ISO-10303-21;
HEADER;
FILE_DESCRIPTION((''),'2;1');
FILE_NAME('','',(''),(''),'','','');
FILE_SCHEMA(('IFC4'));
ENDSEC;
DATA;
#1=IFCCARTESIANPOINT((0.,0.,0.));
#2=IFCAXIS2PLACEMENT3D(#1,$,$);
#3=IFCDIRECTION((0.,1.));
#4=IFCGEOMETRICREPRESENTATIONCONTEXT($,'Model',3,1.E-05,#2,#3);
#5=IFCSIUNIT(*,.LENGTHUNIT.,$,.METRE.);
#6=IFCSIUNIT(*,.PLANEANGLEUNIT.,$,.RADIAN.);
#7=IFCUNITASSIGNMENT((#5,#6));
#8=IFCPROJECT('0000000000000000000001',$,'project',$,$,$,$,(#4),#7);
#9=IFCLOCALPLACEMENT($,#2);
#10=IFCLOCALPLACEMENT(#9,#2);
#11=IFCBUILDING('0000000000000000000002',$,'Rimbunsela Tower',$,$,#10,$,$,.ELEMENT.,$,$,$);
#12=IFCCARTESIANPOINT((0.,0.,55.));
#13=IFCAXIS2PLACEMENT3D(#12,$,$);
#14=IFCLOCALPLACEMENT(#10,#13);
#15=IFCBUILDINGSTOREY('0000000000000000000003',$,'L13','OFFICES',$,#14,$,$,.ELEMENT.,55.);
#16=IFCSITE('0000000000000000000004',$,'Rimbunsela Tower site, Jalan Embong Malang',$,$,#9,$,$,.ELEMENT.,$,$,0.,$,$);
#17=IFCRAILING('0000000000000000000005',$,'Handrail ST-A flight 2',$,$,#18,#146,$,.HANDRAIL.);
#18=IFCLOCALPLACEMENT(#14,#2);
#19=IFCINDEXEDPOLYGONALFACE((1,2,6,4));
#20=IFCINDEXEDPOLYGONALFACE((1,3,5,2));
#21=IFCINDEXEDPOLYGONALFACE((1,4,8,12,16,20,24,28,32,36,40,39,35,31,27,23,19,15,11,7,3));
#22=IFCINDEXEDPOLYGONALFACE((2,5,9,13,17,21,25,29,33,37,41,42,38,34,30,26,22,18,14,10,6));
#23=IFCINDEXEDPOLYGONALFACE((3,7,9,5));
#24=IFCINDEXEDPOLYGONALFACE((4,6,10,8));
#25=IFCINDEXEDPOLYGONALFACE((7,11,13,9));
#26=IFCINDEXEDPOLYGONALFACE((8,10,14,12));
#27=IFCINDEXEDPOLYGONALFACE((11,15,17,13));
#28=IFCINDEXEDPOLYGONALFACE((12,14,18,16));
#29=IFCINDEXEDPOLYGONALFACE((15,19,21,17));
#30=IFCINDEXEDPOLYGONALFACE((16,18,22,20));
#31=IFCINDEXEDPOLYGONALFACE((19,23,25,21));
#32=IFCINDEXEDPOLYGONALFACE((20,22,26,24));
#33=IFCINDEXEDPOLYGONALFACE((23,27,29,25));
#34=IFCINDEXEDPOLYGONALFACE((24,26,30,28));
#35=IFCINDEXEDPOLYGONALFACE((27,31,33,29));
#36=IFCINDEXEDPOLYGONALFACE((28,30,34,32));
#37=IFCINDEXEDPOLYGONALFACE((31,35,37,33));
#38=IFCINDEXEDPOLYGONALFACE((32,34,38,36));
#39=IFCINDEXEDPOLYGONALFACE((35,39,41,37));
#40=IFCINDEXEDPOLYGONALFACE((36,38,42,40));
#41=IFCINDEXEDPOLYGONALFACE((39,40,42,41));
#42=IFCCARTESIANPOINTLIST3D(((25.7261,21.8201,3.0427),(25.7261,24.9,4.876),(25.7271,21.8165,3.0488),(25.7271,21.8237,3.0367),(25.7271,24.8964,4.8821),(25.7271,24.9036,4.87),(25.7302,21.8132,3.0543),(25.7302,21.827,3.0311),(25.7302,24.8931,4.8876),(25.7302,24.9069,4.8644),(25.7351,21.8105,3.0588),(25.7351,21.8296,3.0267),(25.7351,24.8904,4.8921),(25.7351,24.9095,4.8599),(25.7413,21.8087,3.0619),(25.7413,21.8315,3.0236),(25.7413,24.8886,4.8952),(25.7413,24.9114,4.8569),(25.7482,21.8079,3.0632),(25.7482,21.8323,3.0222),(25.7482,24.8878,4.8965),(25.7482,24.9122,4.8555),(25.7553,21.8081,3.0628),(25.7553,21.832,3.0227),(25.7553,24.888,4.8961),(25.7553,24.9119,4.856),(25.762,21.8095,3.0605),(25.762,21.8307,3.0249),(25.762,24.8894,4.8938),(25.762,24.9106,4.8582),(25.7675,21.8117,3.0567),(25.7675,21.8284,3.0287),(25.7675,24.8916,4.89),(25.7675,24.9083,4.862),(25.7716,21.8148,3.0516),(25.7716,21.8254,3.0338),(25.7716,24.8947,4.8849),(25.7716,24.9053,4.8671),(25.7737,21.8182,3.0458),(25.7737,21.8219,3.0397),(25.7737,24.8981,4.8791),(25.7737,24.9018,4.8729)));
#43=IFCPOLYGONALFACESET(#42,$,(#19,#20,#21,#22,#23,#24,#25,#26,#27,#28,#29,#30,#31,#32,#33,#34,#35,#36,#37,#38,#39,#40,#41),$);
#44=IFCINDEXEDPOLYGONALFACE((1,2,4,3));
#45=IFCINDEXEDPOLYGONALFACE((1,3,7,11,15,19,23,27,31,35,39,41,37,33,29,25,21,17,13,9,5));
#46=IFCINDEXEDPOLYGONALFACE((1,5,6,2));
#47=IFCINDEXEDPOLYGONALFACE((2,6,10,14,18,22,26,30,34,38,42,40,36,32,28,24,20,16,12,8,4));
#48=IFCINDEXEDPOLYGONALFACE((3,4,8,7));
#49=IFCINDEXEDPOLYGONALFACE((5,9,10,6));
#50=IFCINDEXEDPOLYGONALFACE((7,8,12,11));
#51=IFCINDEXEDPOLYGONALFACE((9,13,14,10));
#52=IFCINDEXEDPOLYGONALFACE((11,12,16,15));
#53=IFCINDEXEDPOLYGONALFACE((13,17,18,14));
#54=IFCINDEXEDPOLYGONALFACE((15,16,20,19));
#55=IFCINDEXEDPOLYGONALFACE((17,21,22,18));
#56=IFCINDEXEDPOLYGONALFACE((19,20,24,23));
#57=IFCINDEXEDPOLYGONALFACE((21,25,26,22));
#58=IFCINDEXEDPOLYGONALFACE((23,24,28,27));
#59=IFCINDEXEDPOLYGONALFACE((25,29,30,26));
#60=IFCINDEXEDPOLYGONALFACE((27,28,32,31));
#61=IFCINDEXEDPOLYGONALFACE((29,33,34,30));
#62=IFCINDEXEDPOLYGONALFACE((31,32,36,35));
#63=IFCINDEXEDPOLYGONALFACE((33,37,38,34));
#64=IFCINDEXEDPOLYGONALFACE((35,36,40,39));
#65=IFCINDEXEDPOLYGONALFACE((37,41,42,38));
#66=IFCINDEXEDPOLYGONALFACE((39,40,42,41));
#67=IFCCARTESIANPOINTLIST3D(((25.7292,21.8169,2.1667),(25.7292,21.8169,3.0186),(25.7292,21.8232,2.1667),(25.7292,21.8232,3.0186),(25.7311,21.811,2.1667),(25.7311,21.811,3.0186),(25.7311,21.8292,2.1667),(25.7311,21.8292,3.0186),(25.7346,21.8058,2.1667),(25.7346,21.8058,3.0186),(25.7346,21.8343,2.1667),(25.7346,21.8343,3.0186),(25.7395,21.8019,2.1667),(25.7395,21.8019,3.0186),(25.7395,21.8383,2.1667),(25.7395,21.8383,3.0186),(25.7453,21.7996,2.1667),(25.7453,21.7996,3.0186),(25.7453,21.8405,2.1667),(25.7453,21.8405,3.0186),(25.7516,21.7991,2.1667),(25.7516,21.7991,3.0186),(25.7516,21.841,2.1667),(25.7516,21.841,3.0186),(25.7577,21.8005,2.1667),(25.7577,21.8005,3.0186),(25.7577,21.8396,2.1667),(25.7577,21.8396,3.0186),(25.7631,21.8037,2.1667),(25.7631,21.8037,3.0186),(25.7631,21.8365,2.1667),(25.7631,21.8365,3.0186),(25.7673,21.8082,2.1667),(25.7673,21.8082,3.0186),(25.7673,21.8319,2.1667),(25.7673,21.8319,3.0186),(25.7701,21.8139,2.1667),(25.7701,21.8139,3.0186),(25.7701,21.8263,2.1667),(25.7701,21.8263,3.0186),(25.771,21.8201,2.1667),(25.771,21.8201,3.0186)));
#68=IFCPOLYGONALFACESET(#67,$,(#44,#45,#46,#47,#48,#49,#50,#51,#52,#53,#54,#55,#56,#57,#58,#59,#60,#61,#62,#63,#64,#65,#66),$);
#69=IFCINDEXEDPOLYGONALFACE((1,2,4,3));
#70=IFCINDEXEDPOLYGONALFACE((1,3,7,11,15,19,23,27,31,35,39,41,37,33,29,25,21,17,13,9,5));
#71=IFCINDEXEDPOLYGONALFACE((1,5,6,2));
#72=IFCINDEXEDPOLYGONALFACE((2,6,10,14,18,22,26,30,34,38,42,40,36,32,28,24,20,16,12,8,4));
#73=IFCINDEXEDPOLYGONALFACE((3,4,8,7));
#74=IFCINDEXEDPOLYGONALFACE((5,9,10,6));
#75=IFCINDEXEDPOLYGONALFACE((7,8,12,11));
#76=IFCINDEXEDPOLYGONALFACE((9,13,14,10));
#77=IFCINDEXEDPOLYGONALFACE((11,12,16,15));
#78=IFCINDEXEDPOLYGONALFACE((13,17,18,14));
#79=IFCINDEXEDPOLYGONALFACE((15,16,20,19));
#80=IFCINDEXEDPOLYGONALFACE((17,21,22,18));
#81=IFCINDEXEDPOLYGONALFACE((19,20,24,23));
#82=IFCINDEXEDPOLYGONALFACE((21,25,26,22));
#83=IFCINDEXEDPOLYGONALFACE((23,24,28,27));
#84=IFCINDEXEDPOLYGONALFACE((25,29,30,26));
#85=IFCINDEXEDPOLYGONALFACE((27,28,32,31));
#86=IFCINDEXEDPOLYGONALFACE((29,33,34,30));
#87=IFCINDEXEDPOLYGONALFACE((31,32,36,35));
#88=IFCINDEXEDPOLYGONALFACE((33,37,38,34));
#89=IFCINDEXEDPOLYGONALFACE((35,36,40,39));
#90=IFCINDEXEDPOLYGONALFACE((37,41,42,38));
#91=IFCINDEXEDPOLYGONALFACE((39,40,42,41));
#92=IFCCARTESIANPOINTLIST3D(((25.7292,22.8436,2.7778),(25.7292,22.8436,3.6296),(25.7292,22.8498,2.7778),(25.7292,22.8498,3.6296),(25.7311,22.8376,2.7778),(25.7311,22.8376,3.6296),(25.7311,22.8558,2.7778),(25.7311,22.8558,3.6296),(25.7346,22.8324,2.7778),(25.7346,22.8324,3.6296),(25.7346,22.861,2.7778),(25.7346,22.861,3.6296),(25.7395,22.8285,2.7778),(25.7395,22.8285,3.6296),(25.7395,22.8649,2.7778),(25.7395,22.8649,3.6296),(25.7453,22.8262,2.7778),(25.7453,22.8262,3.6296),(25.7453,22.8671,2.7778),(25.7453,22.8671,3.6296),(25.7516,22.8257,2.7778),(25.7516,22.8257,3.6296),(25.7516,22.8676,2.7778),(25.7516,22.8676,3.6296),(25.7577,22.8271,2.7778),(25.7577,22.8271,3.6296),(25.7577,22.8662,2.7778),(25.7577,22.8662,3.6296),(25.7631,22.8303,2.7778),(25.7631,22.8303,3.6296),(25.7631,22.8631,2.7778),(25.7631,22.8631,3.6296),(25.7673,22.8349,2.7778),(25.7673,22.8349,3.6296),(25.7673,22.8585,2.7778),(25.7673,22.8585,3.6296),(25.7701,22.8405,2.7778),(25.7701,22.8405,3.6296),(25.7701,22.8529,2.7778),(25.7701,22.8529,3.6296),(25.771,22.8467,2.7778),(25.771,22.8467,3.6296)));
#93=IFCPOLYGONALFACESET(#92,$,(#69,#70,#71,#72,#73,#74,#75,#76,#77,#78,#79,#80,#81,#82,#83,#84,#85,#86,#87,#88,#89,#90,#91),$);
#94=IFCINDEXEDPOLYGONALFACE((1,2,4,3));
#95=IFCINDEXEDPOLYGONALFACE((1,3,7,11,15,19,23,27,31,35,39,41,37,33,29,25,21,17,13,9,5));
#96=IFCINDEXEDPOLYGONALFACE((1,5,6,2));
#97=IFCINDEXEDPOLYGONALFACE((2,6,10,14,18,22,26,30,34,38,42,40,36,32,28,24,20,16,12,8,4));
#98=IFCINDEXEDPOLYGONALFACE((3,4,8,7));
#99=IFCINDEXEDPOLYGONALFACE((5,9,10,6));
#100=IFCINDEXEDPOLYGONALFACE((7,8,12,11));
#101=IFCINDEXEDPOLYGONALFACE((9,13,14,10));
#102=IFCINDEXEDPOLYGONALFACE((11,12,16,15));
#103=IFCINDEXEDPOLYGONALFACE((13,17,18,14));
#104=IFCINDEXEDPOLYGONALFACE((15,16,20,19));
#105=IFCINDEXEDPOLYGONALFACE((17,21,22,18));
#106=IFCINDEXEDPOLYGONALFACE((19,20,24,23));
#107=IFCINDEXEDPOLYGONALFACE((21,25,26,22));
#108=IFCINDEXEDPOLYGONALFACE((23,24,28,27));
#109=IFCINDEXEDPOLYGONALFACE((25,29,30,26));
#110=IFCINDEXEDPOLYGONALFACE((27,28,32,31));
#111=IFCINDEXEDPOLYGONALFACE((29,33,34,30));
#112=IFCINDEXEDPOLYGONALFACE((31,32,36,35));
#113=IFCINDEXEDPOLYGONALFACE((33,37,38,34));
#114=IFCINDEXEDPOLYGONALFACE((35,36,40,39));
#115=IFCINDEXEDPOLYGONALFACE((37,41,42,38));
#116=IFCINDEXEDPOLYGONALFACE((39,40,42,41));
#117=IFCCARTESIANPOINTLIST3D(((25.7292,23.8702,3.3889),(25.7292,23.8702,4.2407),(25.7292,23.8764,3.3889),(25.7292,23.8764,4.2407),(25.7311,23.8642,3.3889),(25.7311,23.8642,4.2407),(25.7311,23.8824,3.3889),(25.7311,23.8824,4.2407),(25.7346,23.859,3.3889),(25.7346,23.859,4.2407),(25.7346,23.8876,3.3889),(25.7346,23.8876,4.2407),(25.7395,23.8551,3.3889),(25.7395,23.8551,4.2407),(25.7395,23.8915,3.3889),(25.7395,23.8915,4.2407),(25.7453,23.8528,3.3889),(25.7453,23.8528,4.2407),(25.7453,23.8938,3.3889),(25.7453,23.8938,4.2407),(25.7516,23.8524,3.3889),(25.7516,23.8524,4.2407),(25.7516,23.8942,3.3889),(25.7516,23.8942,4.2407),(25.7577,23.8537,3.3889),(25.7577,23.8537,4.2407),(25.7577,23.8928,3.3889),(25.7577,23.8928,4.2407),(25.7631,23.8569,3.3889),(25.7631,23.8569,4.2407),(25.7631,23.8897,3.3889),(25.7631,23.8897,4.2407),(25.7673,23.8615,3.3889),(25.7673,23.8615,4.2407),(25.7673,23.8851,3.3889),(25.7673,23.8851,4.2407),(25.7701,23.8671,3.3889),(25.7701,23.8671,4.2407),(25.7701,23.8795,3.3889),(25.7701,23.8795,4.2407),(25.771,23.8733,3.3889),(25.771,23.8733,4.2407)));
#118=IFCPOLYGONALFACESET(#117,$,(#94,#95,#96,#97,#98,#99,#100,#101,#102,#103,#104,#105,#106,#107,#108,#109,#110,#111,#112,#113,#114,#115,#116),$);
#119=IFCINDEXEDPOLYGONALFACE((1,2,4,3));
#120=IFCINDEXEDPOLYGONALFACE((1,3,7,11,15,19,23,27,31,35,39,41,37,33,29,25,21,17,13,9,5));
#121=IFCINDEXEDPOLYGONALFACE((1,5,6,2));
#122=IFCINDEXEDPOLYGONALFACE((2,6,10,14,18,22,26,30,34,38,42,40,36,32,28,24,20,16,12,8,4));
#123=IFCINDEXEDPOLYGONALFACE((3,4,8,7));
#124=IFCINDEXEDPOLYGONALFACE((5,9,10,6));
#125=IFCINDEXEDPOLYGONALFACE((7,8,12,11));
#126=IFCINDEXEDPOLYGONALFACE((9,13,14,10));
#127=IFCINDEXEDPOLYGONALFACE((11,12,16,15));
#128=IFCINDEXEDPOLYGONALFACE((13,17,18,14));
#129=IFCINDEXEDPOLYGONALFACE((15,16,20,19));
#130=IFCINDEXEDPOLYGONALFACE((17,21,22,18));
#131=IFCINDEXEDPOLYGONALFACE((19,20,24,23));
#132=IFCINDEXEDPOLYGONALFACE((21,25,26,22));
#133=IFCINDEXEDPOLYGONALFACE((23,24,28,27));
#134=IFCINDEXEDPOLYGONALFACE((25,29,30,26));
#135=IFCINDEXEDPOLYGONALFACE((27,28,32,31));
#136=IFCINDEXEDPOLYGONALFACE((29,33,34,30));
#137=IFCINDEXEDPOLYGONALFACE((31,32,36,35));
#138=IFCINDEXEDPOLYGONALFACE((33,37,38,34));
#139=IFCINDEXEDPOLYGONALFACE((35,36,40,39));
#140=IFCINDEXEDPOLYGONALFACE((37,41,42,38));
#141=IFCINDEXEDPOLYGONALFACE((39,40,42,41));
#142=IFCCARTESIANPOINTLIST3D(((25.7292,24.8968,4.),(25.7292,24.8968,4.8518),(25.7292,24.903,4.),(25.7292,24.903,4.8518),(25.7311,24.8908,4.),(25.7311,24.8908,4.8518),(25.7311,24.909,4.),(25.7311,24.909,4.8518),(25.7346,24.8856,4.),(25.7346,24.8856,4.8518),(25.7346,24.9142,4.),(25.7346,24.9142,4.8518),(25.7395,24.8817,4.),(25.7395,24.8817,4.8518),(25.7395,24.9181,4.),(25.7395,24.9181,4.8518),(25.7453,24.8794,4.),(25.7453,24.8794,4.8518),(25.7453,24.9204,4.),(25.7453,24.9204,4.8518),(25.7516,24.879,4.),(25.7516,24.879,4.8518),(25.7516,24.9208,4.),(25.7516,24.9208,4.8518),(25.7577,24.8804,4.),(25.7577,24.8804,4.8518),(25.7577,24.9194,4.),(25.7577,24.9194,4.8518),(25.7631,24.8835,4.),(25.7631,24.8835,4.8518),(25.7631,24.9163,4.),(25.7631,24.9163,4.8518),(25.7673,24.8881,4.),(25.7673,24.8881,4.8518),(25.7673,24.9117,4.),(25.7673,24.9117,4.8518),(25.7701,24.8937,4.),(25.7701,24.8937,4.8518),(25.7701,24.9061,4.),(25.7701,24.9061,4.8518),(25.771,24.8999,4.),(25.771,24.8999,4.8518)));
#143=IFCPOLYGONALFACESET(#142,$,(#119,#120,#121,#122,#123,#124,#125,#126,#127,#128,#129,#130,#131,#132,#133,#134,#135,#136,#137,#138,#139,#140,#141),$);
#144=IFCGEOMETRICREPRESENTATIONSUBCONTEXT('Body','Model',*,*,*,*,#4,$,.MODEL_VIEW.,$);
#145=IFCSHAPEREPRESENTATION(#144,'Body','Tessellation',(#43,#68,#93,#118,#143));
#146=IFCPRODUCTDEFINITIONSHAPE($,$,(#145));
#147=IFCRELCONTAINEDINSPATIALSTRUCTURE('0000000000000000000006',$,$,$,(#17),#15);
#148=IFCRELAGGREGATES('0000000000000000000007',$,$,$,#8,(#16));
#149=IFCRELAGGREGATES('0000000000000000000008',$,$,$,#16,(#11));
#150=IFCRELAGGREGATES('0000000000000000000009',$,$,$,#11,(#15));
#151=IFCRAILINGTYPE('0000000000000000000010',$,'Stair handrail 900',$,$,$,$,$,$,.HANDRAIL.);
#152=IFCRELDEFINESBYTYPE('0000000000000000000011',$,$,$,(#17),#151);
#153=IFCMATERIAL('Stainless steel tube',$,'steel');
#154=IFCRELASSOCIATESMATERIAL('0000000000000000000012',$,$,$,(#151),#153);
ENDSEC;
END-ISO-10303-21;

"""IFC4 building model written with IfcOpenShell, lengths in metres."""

from ifc_helpers import new_model, si_unit, direction, frame, origin, origin_2d, place, context, subcontext, project, spatial, circle, extrude, material, type_object, element, save


model = new_model("IFC4")

# Units and contexts
model_context = context("Model", 3, precision=1e-05, world=origin(), true_north=direction((0.0, 1.0)))
body_context = subcontext(model_context, "Body", "Model", "MODEL_VIEW")
ifc_project = project(units=[si_unit("LENGTHUNIT", "METRE"), si_unit("PLANEANGLEUNIT", "RADIAN")], contexts=[model_context])

# Site, building, storey
site_placement = place(None, origin())
site = spatial("IfcSite", under=ifc_project, at=site_placement, Name="Rimbunsela Tower site, Jalan Embong Malang", CompositionType="ELEMENT", RefElevation=0.0)
building_placement = place(site_placement, origin())
building = spatial("IfcBuilding", under=site, at=building_placement, Name="Rimbunsela Tower", CompositionType="ELEMENT")
storey_placement = place(building_placement, frame((0.0, 0.0, 55.0)))
storey = spatial("IfcBuildingStorey", under=building, at=storey_placement, Name="L13", Description="OFFICES", CompositionType="ELEMENT", Elevation=55.0)

# Railing
ifc_material_1 = material(Name="Stainless steel tube", Category="steel")
railing_type = type_object("IfcRailingType", Name="Stair handrail 900", PredefinedType="HANDRAIL", material=ifc_material_1)
for number, where, name in (
    (1, (25.75, 21.8201, 2.1667), "Handrail ST-A flight 2"),
):
    element("IfcRailing", number, at=place(storey_placement, frame(where)), inside=storey, type_object=railing_type, Name=name, PredefinedType="HANDRAIL", context=body_context, shape_type="SweptSolid", body=[
        extrude(circle(Radius=0.0239, at=origin_2d()), frame((0.0, 0.0, 0.876), z_axis=(0.0, 0.859291, 0.511487), x_axis=(-1.0, 0.0, 0.0)), (0.0, 0.0, 1.0), 3.5842),
        extrude(circle(Radius=0.021, at=origin_2d()), origin(), (0.0, 0.0, 1.0), 0.8518),
        extrude(circle(Radius=0.021, at=origin_2d()), frame((0.0, 1.0266, 0.6111)), (0.0, 0.0, 1.0), 0.8518),
        extrude(circle(Radius=0.021, at=origin_2d()), frame((0.0, 2.0532, 1.2222)), (0.0, 0.0, 1.0), 0.8518),
        extrude(circle(Radius=0.021, at=origin_2d()), frame((0.0, 3.0798, 1.8333)), (0.0, 0.0, 1.0), 0.8518),
    ])

save(model, "model.ifc")
